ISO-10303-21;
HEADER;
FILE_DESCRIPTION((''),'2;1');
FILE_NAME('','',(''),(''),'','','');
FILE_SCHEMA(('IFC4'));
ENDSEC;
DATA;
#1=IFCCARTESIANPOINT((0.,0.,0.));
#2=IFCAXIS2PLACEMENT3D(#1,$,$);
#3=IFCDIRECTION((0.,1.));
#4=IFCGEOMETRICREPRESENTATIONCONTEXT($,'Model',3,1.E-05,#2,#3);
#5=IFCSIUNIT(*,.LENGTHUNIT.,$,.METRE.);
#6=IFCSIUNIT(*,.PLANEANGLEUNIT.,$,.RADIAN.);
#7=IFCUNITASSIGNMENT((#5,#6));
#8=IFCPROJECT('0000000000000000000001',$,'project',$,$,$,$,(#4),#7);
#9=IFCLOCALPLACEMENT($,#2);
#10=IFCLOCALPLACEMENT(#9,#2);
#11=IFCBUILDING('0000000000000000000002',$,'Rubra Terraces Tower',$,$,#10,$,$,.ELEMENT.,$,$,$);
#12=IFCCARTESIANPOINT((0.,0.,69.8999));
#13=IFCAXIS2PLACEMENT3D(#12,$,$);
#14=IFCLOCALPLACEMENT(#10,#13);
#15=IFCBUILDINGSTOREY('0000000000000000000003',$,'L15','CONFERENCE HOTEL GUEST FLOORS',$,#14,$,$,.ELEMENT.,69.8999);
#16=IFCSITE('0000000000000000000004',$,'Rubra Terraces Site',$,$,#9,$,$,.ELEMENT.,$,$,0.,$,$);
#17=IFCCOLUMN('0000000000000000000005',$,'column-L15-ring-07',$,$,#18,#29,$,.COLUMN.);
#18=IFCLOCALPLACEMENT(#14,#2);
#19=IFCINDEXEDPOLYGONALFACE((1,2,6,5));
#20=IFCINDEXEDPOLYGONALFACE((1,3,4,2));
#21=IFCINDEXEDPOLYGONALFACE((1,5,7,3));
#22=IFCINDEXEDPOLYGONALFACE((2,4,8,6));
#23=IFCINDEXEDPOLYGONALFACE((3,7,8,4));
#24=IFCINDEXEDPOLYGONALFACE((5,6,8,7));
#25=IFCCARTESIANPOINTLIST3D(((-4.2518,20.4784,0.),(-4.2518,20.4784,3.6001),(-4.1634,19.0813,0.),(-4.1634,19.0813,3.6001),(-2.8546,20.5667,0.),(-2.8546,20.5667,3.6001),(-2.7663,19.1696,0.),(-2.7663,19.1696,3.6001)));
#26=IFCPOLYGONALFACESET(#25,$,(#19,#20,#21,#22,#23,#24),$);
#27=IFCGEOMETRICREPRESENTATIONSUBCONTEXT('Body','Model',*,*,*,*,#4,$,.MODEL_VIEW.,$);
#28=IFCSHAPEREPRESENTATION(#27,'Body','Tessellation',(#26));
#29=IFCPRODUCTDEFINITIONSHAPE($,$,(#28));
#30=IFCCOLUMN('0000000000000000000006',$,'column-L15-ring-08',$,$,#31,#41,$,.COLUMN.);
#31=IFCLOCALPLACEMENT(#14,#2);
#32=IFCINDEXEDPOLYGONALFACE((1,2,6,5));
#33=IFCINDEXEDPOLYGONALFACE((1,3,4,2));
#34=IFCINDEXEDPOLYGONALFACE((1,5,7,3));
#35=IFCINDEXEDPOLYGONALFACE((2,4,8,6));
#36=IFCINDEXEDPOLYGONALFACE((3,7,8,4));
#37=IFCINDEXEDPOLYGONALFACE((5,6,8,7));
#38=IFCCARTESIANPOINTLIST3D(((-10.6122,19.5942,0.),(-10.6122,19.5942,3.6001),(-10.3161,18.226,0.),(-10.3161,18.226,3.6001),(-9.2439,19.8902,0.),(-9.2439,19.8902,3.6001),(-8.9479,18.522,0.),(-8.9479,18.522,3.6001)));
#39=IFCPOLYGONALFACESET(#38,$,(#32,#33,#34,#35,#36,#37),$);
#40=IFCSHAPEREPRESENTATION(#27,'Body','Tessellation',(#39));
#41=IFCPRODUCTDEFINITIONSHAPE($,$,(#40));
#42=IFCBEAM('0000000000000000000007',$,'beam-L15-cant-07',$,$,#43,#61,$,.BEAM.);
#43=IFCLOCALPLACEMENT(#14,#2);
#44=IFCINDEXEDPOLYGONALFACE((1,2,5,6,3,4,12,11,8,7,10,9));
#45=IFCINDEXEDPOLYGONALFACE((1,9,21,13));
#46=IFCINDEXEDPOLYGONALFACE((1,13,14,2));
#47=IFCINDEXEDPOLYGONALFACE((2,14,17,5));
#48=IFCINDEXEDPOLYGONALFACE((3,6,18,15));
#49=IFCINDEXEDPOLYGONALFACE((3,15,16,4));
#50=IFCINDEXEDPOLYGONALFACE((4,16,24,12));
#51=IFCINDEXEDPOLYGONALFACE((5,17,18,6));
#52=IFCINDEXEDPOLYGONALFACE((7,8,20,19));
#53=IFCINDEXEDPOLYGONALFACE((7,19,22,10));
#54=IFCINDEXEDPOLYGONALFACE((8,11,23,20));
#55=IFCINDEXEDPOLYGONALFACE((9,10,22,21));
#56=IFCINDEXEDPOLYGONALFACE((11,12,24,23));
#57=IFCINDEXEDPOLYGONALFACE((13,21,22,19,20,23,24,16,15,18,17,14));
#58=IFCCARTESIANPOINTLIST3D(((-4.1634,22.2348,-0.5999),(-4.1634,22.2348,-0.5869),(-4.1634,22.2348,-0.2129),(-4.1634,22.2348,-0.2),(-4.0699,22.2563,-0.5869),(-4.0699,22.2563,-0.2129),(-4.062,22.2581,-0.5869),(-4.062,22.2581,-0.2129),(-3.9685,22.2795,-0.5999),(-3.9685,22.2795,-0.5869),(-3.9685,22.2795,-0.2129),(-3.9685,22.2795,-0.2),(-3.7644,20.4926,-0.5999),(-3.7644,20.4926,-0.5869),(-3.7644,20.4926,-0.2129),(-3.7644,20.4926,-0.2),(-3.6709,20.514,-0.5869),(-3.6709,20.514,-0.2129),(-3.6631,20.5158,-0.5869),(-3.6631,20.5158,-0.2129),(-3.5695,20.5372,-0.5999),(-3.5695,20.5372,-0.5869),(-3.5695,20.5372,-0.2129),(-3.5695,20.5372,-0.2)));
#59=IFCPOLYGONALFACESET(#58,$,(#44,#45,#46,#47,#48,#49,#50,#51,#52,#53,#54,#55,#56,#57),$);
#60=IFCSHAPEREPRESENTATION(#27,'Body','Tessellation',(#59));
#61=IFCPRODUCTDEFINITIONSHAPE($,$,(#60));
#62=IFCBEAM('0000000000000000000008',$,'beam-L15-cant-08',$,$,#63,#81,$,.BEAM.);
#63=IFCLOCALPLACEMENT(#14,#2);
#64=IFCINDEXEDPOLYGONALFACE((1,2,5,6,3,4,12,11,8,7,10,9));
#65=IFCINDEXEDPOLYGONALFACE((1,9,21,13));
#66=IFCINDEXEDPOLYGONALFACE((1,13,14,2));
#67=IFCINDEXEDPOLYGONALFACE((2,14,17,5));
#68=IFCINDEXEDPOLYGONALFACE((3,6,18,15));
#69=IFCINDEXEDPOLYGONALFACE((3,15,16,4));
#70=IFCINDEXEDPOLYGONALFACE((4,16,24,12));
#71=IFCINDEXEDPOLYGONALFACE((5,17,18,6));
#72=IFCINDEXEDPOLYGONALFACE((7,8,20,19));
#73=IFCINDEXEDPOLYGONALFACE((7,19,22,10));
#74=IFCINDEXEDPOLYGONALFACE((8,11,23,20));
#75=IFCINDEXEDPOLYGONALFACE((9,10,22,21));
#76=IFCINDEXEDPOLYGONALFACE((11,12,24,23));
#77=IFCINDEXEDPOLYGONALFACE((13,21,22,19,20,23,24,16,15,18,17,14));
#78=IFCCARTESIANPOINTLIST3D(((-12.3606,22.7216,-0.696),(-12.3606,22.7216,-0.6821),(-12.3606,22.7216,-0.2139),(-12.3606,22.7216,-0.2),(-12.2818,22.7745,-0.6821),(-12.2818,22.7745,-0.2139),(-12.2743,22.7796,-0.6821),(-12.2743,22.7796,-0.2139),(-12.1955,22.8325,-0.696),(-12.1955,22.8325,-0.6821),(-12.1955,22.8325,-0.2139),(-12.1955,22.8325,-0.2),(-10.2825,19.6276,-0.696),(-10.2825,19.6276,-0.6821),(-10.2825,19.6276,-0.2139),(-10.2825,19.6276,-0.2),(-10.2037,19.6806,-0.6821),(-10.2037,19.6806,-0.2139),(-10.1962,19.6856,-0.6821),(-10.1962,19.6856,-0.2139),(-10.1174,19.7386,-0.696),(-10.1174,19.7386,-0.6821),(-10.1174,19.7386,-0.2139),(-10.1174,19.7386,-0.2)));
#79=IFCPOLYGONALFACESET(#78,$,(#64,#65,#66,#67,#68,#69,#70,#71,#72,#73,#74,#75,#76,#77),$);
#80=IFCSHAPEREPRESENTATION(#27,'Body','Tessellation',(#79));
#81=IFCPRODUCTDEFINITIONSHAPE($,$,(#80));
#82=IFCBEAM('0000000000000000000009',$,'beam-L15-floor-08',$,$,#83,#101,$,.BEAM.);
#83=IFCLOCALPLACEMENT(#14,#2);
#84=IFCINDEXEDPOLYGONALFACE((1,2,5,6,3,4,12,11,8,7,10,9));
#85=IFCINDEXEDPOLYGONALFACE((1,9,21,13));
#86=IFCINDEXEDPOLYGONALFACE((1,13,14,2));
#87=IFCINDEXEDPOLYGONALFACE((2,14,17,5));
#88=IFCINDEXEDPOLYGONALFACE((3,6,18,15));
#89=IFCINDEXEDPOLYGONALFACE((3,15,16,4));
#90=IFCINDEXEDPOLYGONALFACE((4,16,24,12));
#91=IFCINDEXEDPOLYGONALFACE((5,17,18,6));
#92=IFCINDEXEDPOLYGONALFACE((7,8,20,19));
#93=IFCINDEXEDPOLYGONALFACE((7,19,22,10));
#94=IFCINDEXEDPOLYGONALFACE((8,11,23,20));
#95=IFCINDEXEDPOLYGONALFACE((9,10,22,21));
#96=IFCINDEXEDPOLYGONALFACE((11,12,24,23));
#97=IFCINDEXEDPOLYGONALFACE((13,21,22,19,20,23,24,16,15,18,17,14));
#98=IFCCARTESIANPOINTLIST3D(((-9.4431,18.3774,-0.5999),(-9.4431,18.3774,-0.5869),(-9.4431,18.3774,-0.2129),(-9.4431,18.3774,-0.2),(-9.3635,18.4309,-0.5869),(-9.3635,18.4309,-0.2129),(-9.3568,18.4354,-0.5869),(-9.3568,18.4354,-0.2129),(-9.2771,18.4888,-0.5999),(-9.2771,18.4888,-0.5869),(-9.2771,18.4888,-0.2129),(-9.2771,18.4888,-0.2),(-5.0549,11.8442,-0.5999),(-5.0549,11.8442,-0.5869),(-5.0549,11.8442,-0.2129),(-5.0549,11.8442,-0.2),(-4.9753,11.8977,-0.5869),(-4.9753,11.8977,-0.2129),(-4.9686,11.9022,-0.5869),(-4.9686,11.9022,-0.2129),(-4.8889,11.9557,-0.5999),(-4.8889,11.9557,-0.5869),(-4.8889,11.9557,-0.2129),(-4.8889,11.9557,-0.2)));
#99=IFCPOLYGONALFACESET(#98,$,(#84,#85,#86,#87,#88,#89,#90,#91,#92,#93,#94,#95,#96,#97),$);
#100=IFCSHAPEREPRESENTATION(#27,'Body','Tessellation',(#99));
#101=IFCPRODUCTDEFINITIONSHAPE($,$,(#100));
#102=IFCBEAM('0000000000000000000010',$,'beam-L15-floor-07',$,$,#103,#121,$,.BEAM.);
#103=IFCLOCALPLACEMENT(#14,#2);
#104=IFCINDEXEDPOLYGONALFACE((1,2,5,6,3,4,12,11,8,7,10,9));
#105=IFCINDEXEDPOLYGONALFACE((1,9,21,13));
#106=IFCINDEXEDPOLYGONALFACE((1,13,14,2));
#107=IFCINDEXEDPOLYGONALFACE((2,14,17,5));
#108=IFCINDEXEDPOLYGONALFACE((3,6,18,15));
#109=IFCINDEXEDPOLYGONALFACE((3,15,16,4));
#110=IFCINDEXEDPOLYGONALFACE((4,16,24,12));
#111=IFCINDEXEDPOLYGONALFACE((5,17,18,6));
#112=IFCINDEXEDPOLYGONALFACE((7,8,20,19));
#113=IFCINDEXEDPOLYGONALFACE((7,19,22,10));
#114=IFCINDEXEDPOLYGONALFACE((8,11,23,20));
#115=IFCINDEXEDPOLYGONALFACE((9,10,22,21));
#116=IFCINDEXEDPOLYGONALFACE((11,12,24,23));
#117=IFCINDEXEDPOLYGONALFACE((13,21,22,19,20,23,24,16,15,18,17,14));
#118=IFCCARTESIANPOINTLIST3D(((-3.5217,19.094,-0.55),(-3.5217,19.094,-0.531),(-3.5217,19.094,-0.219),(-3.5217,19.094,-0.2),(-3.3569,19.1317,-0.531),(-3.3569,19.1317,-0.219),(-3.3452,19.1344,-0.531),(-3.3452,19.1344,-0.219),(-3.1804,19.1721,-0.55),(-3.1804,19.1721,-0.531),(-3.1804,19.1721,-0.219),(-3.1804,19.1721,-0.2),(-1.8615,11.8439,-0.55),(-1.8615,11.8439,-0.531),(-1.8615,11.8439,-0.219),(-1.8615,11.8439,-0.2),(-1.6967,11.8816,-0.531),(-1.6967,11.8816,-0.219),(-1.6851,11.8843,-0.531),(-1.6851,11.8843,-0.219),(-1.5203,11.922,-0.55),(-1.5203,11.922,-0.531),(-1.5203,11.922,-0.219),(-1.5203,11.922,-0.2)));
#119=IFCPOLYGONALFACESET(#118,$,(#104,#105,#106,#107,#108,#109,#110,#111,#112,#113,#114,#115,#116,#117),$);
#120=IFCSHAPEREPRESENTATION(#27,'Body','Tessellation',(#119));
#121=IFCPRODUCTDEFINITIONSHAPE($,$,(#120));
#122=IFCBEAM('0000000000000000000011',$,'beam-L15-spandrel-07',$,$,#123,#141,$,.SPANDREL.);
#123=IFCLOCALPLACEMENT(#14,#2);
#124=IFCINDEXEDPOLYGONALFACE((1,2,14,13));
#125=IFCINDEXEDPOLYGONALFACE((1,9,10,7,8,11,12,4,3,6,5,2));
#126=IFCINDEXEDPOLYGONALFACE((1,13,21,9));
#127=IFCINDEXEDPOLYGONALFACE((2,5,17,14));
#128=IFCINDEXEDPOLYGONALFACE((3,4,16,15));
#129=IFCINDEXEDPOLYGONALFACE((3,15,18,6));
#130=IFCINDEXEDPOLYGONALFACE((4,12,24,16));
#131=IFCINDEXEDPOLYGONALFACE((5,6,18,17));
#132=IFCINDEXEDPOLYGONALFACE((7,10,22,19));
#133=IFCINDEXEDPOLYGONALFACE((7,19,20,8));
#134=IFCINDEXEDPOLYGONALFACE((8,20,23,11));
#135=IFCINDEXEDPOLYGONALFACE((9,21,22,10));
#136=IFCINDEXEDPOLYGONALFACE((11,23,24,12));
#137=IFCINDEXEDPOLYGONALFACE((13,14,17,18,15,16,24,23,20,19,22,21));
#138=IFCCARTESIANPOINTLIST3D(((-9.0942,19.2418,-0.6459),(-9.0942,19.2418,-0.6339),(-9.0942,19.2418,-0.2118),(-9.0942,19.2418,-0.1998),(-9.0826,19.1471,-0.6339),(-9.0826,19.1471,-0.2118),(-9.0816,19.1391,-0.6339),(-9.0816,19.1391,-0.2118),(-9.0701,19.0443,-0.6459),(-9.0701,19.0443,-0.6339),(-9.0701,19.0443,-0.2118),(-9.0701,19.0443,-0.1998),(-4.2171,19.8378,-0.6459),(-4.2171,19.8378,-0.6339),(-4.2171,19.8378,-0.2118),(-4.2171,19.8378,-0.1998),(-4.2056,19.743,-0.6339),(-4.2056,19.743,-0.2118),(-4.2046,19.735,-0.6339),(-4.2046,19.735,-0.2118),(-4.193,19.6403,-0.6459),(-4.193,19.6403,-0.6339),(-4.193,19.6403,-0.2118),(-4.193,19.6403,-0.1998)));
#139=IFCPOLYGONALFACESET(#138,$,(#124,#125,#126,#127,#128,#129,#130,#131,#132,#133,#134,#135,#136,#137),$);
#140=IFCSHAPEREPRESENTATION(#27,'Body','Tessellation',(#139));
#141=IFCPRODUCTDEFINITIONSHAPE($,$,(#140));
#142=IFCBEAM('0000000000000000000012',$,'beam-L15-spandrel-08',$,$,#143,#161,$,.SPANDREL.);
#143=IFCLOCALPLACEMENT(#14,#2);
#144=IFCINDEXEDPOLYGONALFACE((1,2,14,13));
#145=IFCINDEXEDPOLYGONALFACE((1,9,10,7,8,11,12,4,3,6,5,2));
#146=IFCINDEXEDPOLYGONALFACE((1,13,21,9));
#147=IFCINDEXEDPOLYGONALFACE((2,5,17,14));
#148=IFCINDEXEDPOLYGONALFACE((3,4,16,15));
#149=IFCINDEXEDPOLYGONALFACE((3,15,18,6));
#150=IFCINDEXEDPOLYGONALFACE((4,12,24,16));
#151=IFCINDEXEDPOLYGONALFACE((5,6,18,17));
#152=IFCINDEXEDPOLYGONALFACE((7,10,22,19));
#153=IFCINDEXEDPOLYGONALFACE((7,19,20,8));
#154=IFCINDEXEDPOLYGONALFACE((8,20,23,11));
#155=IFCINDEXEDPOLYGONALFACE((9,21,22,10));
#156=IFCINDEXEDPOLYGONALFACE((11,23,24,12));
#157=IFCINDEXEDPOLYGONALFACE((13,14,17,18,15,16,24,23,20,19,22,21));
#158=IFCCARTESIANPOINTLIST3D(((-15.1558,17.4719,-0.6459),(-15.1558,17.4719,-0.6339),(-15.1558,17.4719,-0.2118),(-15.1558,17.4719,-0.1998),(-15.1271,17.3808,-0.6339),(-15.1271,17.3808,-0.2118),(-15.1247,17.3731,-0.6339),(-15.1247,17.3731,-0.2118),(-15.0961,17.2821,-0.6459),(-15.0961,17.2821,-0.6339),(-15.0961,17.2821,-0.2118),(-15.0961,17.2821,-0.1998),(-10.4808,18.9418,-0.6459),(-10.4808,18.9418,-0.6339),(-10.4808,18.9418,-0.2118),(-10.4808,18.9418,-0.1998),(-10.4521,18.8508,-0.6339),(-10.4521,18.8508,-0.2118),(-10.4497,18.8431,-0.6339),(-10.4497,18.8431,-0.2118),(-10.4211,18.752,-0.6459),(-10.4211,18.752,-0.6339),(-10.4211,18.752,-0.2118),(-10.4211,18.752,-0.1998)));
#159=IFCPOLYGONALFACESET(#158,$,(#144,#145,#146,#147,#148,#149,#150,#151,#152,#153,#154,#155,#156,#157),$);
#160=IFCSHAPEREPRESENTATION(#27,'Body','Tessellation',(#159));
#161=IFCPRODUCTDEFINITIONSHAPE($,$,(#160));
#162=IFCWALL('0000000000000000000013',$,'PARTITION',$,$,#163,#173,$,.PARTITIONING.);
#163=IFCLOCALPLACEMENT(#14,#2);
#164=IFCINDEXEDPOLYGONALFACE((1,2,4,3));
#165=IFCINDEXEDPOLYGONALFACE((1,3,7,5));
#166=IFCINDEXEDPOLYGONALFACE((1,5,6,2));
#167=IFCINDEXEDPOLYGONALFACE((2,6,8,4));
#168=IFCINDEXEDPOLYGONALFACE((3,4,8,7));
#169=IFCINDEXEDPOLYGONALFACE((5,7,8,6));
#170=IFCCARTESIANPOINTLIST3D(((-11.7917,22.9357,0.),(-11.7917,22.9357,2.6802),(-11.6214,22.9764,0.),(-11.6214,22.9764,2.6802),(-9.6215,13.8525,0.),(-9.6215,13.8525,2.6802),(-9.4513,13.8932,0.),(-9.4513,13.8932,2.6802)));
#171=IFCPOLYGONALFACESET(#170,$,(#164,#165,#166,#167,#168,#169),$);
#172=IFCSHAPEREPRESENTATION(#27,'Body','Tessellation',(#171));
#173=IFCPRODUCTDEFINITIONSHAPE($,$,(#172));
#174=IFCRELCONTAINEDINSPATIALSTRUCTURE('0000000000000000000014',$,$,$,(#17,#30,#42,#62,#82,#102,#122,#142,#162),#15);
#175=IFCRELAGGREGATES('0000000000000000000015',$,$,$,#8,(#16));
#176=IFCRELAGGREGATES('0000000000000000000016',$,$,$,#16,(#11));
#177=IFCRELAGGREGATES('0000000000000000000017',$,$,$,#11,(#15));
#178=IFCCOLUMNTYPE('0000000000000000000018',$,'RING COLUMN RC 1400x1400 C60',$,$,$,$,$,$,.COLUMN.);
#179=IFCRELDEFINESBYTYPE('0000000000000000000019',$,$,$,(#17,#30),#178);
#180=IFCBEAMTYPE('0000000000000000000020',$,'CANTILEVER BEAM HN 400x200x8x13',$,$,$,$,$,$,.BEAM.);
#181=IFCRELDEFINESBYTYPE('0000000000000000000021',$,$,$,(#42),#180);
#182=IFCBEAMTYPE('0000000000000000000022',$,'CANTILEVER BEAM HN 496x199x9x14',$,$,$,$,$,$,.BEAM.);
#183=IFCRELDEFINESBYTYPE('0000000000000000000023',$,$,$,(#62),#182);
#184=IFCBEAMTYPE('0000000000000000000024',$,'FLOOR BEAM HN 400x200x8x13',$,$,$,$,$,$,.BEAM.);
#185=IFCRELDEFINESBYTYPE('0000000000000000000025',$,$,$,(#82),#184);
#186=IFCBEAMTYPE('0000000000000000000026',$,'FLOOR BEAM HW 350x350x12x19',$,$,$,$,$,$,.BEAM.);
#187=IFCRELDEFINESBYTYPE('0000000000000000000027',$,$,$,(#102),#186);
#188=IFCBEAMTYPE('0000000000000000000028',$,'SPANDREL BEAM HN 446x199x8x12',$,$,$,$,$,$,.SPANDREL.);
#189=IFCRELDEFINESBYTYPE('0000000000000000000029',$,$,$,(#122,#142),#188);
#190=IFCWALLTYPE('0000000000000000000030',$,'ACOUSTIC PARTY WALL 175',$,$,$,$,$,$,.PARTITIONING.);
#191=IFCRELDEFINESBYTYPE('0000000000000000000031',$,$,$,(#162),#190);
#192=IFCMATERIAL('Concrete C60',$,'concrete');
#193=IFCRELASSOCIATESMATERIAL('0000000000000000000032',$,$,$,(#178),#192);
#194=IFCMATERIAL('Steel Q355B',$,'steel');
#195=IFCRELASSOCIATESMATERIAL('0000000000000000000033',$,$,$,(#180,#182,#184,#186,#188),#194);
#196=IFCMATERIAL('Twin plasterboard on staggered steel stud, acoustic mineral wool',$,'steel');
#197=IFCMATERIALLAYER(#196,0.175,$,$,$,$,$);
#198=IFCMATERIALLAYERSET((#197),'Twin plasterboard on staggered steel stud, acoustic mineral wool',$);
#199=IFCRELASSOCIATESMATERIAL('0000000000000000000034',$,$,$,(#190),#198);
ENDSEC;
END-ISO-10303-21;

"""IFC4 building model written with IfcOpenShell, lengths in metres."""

from ifc_helpers import new_model, si_unit, direction, frame, frame_2d, origin, origin_2d, place, context, subcontext, project, spatial, rectangle, i_section, extrude, material, layer, layer_set, material_profile, profile_set, type_object, element, save


model = new_model("IFC4")

# Units and contexts
model_context = context("Model", 3, precision=1e-05, world=origin(), true_north=direction((0.0, 1.0)))
body_context = subcontext(model_context, "Body", "Model", "MODEL_VIEW")
ifc_project = project(units=[si_unit("LENGTHUNIT", "METRE"), si_unit("PLANEANGLEUNIT", "RADIAN")], contexts=[model_context])

# Site, building, storey
site_placement = place(None, origin())
site = spatial("IfcSite", under=ifc_project, at=site_placement, Name="Rubra Terraces Site", CompositionType="ELEMENT", RefElevation=0.0)
building_placement = place(site_placement, origin())
building = spatial("IfcBuilding", under=site, at=building_placement, Name="Rubra Terraces Tower", CompositionType="ELEMENT")
storey_placement = place(building_placement, frame((0.0, 0.0, 69.8999)))
storey = spatial("IfcBuildingStorey", under=building, at=storey_placement, Name="L15", Description="CONFERENCE HOTEL GUEST FLOORS", CompositionType="ELEMENT", Elevation=69.8999)

# Columns
ifc_material_1 = material(Name="Concrete C60", Category="concrete")
ifc_material_profile_1 = material_profile(ifc_material_1, rectangle(XDim=1.3999, YDim=1.3999, at=origin_2d()), Name="RC 1400x1400")
ifc_profile_set_1 = profile_set([ifc_material_profile_1], Name="Concrete C60")
column_type = type_object("IfcColumnType", Name="RING COLUMN RC 1400x1400 C60", PredefinedType="COLUMN", material=ifc_profile_set_1)
for number, where, z_axis, x_axis, name in (
    (1, (-3.509, 19.824, 0.0), (0.0, 0.0, 1.0), (-0.998008, -0.063094, 0.0), "column-L15-ring-07"),
    (2, (-9.78, 19.0581, 0.0), (0.0, 0.0, 1.0), (-0.977386, -0.211462, 0.0), "column-L15-ring-08"),
):
    element("IfcColumn", number, at=place(storey_placement, frame(where, z_axis=z_axis, x_axis=x_axis)), inside=storey, type_object=column_type, Name=name, PredefinedType="COLUMN", context=body_context, shape_type="SweptSolid", body=[
        extrude(rectangle(XDim=1.3999, YDim=1.3999, at=origin_2d()), origin(), (0.0, 0.0, 1.0), 3.6001),
    ])

# Beams
ifc_material_2 = material(Name="Steel Q355B", Category="steel")
ifc_material_profile_2 = material_profile(ifc_material_2, i_section(OverallWidth=0.2, OverallDepth=0.3999, WebThickness=0.0081, FlangeThickness=0.0129, at=origin_2d()), Name="HN 400x200x8x13")
ifc_profile_set_2 = profile_set([ifc_material_profile_2], Name="Steel Q355B")
beam_type_1 = type_object("IfcBeamType", Name="CANTILEVER BEAM HN 400x200x8x13", PredefinedType="BEAM", material=ifc_profile_set_2)
beam_1_placement = place(storey_placement, frame((-3.667, 20.5149, -0.3999), z_axis=(-0.223203, 0.974772, 0.0), x_axis=(-0.974772, -0.223203, 0.0)))
element("IfcBeam", 3, at=beam_1_placement, inside=storey, type_object=beam_type_1, Name="beam-L15-cant-07", PredefinedType="BEAM", context=body_context, shape_type="SweptSolid", body=[
    extrude(i_section(OverallWidth=0.2, OverallDepth=0.3999, WebThickness=0.0081, FlangeThickness=0.0129, at=origin_2d()), origin(), (0.0, 0.0, 1.0), 1.7874),
])
ifc_material_profile_3 = material_profile(ifc_material_2, i_section(OverallWidth=0.199, OverallDepth=0.4961, WebThickness=0.009, FlangeThickness=0.0139, at=origin_2d()), Name="HN 496x199x9x14")
ifc_profile_set_3 = profile_set([ifc_material_profile_3], Name="Steel Q355B")
beam_type_2 = type_object("IfcBeamType", Name="CANTILEVER BEAM HN 496x199x9x14", PredefinedType="BEAM", material=ifc_profile_set_3)
beam_2_placement = place(storey_placement, frame((-10.2, 19.6831, -0.448), z_axis=(-0.557569, 0.830131, 0.0), x_axis=(-0.830131, -0.557569, 0.0)))
element("IfcBeam", 4, at=beam_2_placement, inside=storey, type_object=beam_type_2, Name="beam-L15-cant-08", PredefinedType="BEAM", context=body_context, shape_type="SweptSolid", body=[
    extrude(i_section(OverallWidth=0.199, OverallDepth=0.4961, WebThickness=0.009, FlangeThickness=0.0139, at=origin_2d()), origin(), (0.0, 0.0, 1.0), 3.7271),
])
ifc_material_profile_4 = material_profile(ifc_material_2, i_section(OverallWidth=0.2, OverallDepth=0.3999, WebThickness=0.0081, FlangeThickness=0.0129, at=origin_2d()), Name="HN 400x200x8x13")
ifc_profile_set_4 = profile_set([ifc_material_profile_4], Name="Steel Q355B")
beam_type_3 = type_object("IfcBeamType", Name="FLOOR BEAM HN 400x200x8x13", PredefinedType="BEAM", material=ifc_profile_set_4)
beam_3_placement = place(storey_placement, frame((-9.3601, 18.4331, -0.3999), z_axis=(0.557575, -0.830127, 0.0), x_axis=(0.830127, 0.557575, 0.0)))
element("IfcBeam", 5, at=beam_3_placement, inside=storey, type_object=beam_type_3, Name="beam-L15-floor-08", PredefinedType="BEAM", context=body_context, shape_type="SweptSolid", body=[
    extrude(i_section(OverallWidth=0.2, OverallDepth=0.3999, WebThickness=0.0081, FlangeThickness=0.0129, at=origin_2d()), origin(), (0.0, 0.0, 1.0), 7.8701),
])
ifc_material_profile_5 = material_profile(ifc_material_2, i_section(OverallWidth=0.3501, OverallDepth=0.3501, WebThickness=0.012, FlangeThickness=0.019, at=origin_2d()), Name="HW 350x350x12x19")
ifc_profile_set_5 = profile_set([ifc_material_profile_5], Name="Steel Q355B")
beam_type_4 = type_object("IfcBeamType", Name="FLOOR BEAM HW 350x350x12x19", PredefinedType="BEAM", material=ifc_profile_set_5)
beam_4_placement = place(storey_placement, frame((-3.3511, 19.1331, -0.375), z_axis=(0.22321, -0.97477, 0.0), x_axis=(0.97477, 0.22321, 0.0)))
element("IfcBeam", 6, at=beam_4_placement, inside=storey, type_object=beam_type_4, Name="beam-L15-floor-07", PredefinedType="BEAM", context=body_context, shape_type="SweptSolid", body=[
    extrude(i_section(OverallWidth=0.3501, OverallDepth=0.3501, WebThickness=0.012, FlangeThickness=0.019, at=origin_2d()), origin(), (0.0, 0.0, 1.0), 7.4377),
])
ifc_material_profile_6 = material_profile(ifc_material_2, i_section(OverallWidth=0.199, OverallDepth=0.446, WebThickness=0.0081, FlangeThickness=0.012, at=origin_2d()), Name="HN 446x199x8x12")
ifc_profile_set_6 = profile_set([ifc_material_profile_6], Name="Steel Q355B")
beam_type_5 = type_object("IfcBeamType", Name="SPANDREL BEAM HN 446x199x8x12", PredefinedType="SPANDREL", material=ifc_profile_set_6)
beam_5_placement = place(storey_placement, frame((-4.2051, 19.739, -0.4229), z_axis=(-0.992617, -0.121294, 0.0), x_axis=(0.121294, -0.992617, 0.0)))
element("IfcBeam", 7, at=beam_5_placement, inside=storey, type_object=beam_type_5, Name="beam-L15-spandrel-07", PredefinedType="SPANDREL", context=body_context, shape_type="SweptSolid", body=[
    extrude(i_section(OverallWidth=0.199, OverallDepth=0.446, WebThickness=0.0081, FlangeThickness=0.012, at=origin_2d()), origin(), (0.0, 0.0, 1.0), 4.9133),
])
beam_6_placement = place(storey_placement, frame((-10.4509, 18.8469, -0.4229), z_axis=(-0.953955, -0.299951, 0.0), x_axis=(0.299951, -0.953955, 0.0)))
element("IfcBeam", 8, at=beam_6_placement, inside=storey, type_object=beam_type_5, Name="beam-L15-spandrel-08", PredefinedType="SPANDREL", context=body_context, shape_type="SweptSolid", body=[
    extrude(i_section(OverallWidth=0.199, OverallDepth=0.446, WebThickness=0.0081, FlangeThickness=0.012, at=origin_2d()), origin(), (0.0, 0.0, 1.0), 4.9006),
])

# Wall
ifc_material_3 = material(Name="Twin plasterboard on staggered steel stud, acoustic mineral wool", Category="steel")
ifc_layer_1 = layer(ifc_material_3, 0.175)
ifc_layer_set_1 = layer_set([ifc_layer_1], Name="Twin plasterboard on staggered steel stud, acoustic mineral wool")
wall_type_1 = type_object("IfcWallType", Name="ACOUSTIC PARTY WALL 175", PredefinedType="PARTITIONING", material=ifc_layer_set_1)
wall_1_placement = place(storey_placement, frame((-11.7065, 22.9561, 0.0), z_axis=(0.0, 0.0, 1.0), x_axis=(0.232379, -0.972625, 0.0)))
element("IfcWall", 9, at=wall_1_placement, inside=storey, type_object=wall_type_1, Name="PARTITION", PredefinedType="PARTITIONING", context=body_context, shape_type="SweptSolid", body=[
    extrude(rectangle(XDim=9.3389, YDim=0.175, at=frame_2d((4.6694, 0.0))), origin(), (0.0, 0.0, 1.0), 2.6802),
])

save(model, "model.ifc")
